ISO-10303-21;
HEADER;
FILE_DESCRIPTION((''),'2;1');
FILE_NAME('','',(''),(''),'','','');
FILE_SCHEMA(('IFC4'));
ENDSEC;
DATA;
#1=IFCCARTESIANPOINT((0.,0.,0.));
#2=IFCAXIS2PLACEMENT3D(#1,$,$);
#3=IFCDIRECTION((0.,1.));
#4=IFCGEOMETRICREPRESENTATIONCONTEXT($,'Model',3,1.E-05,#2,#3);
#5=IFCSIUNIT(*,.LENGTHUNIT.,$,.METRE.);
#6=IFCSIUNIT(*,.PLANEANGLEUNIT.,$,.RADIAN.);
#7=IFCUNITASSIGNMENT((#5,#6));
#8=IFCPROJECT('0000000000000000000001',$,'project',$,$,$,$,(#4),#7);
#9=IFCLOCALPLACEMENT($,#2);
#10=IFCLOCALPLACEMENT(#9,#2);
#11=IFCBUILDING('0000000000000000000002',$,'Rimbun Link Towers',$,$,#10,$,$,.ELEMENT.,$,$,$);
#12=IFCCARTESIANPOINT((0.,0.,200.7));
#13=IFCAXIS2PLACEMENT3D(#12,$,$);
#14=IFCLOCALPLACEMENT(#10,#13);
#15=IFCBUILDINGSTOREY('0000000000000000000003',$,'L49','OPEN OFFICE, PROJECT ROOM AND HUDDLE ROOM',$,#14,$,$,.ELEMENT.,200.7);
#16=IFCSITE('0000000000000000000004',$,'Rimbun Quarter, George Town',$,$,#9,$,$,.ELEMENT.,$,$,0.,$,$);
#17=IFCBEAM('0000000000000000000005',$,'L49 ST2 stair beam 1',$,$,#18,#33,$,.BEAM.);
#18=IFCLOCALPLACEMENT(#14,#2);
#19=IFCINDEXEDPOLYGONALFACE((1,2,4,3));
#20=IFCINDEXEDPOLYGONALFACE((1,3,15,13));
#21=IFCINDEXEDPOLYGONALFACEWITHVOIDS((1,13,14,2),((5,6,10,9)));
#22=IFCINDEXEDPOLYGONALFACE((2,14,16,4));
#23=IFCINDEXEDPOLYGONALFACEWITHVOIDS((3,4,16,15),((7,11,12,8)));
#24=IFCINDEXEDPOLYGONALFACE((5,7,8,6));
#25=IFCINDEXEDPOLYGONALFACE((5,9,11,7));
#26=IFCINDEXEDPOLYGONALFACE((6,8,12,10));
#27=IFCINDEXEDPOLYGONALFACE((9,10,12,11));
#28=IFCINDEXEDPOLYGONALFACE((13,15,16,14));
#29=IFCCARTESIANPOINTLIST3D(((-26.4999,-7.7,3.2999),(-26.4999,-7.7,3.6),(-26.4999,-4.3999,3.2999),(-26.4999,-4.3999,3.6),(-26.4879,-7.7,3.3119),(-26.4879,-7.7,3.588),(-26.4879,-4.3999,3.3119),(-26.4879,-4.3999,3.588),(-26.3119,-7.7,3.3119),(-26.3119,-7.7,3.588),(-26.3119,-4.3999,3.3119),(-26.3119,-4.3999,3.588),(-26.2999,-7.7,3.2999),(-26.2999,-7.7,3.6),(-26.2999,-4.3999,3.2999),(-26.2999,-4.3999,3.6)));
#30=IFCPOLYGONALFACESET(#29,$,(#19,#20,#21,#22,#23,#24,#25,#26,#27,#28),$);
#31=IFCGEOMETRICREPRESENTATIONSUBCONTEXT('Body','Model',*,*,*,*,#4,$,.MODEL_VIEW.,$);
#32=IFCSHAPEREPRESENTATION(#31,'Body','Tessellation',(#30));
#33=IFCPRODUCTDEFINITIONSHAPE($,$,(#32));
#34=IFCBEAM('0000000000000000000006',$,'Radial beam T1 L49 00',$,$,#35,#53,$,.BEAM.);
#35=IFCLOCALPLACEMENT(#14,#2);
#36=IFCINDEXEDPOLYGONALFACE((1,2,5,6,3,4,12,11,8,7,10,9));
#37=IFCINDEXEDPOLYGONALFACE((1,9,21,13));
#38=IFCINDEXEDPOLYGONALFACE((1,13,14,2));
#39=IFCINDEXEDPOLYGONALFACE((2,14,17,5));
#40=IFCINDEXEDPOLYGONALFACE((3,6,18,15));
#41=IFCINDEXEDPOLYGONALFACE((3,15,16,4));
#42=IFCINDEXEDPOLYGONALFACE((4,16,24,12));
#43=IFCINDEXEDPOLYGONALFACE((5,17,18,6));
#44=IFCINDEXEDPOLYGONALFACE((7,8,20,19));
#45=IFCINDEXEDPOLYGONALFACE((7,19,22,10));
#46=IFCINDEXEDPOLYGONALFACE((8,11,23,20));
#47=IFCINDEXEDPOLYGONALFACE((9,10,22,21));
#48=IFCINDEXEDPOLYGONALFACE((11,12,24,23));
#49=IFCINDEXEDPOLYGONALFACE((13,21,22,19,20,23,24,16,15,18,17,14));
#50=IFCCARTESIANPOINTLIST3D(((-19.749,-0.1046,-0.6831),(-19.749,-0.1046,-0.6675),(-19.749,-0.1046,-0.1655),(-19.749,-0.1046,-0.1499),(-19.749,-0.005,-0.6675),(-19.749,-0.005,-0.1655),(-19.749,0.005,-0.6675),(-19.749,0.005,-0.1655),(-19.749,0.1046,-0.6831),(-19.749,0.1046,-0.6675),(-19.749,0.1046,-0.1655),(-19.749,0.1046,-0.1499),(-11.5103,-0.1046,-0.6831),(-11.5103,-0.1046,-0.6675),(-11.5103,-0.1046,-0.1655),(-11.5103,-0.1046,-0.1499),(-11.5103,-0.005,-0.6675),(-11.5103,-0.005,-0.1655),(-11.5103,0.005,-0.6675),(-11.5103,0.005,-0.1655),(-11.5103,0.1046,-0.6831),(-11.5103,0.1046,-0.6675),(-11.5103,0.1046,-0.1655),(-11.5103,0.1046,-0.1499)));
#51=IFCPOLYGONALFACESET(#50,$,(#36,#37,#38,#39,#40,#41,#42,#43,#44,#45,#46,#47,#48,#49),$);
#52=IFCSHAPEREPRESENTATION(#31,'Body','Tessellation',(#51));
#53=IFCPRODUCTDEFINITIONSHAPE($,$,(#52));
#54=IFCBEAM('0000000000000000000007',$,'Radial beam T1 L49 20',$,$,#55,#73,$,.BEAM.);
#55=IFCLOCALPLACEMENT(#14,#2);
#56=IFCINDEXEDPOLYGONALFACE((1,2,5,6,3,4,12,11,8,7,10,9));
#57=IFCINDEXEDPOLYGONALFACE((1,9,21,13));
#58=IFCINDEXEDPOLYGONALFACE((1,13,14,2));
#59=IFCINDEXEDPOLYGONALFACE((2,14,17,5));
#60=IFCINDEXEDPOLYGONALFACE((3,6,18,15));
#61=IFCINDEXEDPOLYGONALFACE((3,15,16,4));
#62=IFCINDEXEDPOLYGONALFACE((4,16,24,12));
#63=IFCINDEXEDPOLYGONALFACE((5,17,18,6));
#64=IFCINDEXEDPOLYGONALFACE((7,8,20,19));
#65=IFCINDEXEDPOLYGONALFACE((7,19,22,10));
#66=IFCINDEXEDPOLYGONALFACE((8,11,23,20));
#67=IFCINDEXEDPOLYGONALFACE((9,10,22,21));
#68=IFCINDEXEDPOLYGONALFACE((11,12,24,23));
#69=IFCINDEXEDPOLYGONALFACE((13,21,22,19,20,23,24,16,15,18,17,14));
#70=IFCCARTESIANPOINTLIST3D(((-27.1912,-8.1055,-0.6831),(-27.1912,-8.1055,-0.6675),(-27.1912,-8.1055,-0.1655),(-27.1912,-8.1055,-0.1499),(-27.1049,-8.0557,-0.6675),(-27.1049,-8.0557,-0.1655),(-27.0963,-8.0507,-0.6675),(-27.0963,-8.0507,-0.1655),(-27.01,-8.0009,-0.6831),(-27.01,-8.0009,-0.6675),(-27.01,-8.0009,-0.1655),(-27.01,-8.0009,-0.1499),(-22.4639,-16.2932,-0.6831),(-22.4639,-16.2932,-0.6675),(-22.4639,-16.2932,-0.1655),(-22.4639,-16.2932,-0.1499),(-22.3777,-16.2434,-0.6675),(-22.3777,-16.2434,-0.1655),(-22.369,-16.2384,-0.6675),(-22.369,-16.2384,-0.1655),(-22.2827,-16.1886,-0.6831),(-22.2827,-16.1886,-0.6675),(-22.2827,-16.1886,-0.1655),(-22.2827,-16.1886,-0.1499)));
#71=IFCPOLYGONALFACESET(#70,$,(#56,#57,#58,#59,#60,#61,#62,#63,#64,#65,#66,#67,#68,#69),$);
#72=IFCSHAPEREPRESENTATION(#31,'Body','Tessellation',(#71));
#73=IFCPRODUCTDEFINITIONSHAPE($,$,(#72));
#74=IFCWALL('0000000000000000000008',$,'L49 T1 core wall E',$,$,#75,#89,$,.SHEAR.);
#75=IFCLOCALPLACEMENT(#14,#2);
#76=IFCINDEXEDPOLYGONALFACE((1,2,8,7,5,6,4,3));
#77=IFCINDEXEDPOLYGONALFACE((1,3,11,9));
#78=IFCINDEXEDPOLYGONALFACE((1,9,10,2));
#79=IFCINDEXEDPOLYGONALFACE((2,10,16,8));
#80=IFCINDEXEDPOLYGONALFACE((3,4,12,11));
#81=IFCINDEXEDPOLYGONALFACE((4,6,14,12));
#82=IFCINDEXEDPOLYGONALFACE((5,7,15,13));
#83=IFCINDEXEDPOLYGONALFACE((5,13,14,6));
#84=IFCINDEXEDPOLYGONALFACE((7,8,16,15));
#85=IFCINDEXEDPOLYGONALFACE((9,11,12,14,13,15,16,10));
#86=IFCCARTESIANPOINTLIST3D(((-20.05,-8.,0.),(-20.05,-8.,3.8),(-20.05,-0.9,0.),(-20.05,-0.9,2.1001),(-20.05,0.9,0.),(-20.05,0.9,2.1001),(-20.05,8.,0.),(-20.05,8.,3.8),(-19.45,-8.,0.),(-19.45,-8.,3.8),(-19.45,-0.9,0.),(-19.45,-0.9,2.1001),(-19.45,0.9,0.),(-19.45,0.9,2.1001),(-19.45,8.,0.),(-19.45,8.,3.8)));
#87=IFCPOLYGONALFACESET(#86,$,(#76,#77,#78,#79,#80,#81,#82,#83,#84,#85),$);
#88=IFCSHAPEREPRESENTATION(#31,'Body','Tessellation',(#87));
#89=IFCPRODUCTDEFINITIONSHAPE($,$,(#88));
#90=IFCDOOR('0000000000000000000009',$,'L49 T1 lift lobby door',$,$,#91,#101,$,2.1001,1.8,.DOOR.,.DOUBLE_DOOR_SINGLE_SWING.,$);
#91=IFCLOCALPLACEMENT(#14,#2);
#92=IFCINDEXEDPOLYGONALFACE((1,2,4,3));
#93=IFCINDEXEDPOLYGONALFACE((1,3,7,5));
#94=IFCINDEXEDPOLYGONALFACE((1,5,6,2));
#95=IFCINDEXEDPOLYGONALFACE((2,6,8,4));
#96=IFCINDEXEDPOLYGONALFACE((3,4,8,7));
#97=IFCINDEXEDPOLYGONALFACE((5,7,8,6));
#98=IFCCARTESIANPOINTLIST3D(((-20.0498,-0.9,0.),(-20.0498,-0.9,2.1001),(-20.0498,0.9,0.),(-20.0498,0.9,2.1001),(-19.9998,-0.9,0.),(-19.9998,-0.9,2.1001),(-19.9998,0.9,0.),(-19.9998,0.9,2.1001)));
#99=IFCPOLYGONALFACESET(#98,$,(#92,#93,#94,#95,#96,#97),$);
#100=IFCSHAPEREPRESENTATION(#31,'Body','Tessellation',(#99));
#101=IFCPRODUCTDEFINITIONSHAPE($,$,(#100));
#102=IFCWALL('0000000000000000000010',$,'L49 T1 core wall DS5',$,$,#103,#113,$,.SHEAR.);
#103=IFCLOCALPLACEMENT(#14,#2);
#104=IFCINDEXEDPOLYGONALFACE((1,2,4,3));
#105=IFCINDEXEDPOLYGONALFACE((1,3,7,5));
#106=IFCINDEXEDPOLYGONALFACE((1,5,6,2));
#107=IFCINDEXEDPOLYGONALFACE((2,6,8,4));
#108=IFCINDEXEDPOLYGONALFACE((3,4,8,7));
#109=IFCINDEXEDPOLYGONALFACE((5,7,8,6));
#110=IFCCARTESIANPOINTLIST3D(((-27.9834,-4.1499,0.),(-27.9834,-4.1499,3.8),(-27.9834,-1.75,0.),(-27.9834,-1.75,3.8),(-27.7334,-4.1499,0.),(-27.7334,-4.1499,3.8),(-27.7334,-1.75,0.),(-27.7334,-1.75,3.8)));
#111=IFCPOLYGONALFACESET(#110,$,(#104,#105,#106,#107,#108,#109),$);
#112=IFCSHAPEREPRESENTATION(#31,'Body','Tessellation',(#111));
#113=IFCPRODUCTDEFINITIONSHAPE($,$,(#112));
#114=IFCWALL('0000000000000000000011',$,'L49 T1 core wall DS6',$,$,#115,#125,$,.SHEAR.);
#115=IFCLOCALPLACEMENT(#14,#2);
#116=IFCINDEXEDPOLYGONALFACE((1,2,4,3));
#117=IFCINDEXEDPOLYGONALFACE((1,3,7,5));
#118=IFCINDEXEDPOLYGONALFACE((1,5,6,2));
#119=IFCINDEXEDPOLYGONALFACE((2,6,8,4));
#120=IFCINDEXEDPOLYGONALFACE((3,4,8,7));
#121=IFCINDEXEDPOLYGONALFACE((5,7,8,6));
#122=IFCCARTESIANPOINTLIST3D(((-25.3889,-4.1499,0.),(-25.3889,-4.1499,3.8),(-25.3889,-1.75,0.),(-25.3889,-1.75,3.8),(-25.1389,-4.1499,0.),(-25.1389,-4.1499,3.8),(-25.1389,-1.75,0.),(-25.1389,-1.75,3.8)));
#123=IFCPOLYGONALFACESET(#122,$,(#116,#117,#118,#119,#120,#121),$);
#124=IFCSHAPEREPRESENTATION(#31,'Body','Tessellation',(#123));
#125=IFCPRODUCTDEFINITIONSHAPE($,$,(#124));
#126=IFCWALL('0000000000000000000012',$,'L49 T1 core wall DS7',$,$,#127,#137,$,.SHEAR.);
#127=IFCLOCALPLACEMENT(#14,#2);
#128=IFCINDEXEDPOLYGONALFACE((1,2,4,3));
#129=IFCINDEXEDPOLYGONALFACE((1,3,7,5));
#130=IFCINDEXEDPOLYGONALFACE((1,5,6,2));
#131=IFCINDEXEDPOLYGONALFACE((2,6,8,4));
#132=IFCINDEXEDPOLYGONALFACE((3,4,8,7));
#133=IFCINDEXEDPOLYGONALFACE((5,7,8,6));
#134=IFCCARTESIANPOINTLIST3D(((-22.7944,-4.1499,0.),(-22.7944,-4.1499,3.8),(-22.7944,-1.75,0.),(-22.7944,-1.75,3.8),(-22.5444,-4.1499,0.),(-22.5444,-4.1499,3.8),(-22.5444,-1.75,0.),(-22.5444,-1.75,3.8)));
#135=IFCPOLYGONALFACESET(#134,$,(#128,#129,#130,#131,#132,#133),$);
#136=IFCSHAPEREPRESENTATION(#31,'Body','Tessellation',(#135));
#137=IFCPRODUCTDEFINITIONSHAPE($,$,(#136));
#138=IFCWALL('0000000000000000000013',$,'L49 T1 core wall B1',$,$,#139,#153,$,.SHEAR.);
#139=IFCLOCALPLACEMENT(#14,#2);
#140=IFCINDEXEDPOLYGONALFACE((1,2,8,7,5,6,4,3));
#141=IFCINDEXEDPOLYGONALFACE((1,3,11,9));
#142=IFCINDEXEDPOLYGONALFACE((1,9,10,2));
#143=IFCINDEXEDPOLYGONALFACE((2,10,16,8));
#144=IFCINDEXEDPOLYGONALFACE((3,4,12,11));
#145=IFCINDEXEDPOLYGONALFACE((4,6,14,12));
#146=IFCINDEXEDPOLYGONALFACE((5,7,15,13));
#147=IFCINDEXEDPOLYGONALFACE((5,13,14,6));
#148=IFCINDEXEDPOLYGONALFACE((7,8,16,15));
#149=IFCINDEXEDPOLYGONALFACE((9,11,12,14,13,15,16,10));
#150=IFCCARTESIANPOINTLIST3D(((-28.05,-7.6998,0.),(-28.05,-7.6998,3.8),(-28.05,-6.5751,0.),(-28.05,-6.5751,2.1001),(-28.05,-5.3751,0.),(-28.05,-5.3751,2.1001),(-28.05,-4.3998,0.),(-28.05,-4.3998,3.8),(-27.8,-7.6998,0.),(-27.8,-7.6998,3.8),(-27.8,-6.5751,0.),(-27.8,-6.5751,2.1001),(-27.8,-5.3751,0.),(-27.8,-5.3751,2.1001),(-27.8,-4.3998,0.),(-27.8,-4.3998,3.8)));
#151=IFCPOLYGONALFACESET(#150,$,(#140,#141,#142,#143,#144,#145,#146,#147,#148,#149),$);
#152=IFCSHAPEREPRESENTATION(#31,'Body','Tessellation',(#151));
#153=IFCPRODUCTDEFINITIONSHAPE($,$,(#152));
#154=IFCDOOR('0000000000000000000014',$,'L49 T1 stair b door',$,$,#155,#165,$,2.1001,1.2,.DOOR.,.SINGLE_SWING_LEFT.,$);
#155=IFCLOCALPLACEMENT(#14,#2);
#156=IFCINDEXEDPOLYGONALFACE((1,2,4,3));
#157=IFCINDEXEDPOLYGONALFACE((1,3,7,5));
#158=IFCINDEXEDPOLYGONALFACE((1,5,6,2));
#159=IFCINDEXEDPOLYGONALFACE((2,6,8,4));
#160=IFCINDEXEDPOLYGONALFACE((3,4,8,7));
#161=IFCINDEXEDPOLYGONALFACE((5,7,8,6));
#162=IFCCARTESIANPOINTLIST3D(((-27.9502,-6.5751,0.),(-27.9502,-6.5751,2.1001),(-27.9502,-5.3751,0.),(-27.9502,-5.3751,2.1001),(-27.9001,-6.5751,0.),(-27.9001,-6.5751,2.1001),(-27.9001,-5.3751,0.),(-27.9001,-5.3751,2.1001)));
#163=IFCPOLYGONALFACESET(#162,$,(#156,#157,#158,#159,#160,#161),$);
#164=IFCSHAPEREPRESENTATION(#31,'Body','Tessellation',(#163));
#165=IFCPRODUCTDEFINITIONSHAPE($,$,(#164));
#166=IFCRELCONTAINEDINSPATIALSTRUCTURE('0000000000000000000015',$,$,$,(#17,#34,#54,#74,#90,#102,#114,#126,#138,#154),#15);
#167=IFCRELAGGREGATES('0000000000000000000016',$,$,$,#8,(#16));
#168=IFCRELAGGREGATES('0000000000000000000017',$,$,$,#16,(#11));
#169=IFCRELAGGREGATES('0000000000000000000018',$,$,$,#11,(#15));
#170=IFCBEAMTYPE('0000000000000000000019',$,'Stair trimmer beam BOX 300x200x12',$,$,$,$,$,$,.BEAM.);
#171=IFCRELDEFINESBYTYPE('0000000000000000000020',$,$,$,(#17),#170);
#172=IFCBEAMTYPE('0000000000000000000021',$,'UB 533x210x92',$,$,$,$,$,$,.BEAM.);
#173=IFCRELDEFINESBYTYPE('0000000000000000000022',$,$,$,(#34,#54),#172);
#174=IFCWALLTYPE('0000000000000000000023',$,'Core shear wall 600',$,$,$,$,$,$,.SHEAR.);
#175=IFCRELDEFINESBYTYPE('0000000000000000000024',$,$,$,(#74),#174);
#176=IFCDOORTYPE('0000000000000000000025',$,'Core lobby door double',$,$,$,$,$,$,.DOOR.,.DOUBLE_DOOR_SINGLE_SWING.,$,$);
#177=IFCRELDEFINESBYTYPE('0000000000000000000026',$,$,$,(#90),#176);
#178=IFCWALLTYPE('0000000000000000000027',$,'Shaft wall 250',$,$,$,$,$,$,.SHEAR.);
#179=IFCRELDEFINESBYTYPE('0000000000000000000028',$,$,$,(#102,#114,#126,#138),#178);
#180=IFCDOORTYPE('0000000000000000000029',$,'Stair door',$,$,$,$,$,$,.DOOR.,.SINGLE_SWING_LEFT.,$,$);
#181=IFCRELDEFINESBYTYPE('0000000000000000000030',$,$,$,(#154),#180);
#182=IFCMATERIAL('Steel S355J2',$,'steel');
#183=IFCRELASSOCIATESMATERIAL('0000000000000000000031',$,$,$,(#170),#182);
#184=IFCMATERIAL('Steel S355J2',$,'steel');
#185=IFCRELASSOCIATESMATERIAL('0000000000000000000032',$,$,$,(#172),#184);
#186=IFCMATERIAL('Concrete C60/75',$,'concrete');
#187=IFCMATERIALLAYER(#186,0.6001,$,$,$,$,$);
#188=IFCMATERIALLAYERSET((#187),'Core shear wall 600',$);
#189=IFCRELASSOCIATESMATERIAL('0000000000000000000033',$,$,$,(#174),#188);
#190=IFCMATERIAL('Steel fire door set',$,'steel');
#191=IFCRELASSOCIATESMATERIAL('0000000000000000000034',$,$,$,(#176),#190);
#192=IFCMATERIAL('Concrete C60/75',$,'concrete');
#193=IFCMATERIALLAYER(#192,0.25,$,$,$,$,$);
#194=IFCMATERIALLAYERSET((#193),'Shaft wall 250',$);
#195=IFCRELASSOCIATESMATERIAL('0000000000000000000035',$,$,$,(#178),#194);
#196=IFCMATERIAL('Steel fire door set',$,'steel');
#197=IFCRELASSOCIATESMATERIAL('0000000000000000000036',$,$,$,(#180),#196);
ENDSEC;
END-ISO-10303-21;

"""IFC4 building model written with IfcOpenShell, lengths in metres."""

from ifc_helpers import new_model, si_unit, direction, frame, frame_2d, origin, origin_2d, place, context, subcontext, project, spatial, rectangle, hollow_rectangle, i_section, extrude, material, layer, layer_set, material_profile, profile_set, type_object, element, fill, save


model = new_model("IFC4")

# Units and contexts
model_context = context("Model", 3, precision=1e-05, world=origin(), true_north=direction((0.0, 1.0)))
body_context = subcontext(model_context, "Body", "Model", "MODEL_VIEW")
ifc_project = project(units=[si_unit("LENGTHUNIT", "METRE"), si_unit("PLANEANGLEUNIT", "RADIAN")], contexts=[model_context])

# Site, building, storey
site_placement = place(None, origin())
site = spatial("IfcSite", under=ifc_project, at=site_placement, Name="Rimbun Quarter, George Town", CompositionType="ELEMENT", RefElevation=0.0)
building_placement = place(site_placement, origin())
building = spatial("IfcBuilding", under=site, at=building_placement, Name="Rimbun Link Towers", CompositionType="ELEMENT")
storey_placement = place(building_placement, frame((0.0, 0.0, 200.7)))
storey = spatial("IfcBuildingStorey", under=building, at=storey_placement, Name="L49", Description="OPEN OFFICE, PROJECT ROOM AND HUDDLE ROOM", CompositionType="ELEMENT", Elevation=200.7)

# Beams
ifc_material_1 = material(Name="Steel S355J2", Category="steel")
ifc_material_profile_1 = material_profile(ifc_material_1, hollow_rectangle(XDim=0.2, YDim=0.3, WallThickness=0.012, at=origin_2d()), Name="BOX 300x200x12")
ifc_profile_set_1 = profile_set([ifc_material_profile_1], Name="Steel S355J2")
beam_type_1 = type_object("IfcBeamType", Name="Stair trimmer beam BOX 300x200x12", PredefinedType="BEAM", material=ifc_profile_set_1)
beam_1_placement = place(storey_placement, frame((-26.3999, -7.7, 3.45), z_axis=(0.0, 1.0, 0.0), x_axis=(-1.0, 0.0, 0.0)))
element("IfcBeam", 1, at=beam_1_placement, inside=storey, type_object=beam_type_1, Name="L49 ST2 stair beam 1", PredefinedType="BEAM", context=body_context, shape_type="SweptSolid", body=[
    extrude(hollow_rectangle(XDim=0.2, YDim=0.3, WallThickness=0.012, at=origin_2d()), origin(), (0.0, 0.0, 1.0), 3.3),
])
ifc_material_2 = material(Name="Steel S355J2", Category="steel")
ifc_material_profile_2 = material_profile(ifc_material_2, i_section(OverallWidth=0.2092, OverallDepth=0.5332, WebThickness=0.01, FlangeThickness=0.0156, at=origin_2d()), Name="UB 533x210x92")
ifc_profile_set_2 = profile_set([ifc_material_profile_2], Name="Steel S355J2")
beam_type_2 = type_object("IfcBeamType", Name="UB 533x210x92", PredefinedType="BEAM", material=ifc_profile_set_2)
beam_2_placement = place(storey_placement, frame((-19.749, 0.0, -0.4165), z_axis=(1.0, 0.0, 0.0), x_axis=(0.0, 1.0, 0.0)))
element("IfcBeam", 2, at=beam_2_placement, inside=storey, type_object=beam_type_2, Name="Radial beam T1 L49 00", PredefinedType="BEAM", context=body_context, shape_type="SweptSolid", body=[
    extrude(i_section(OverallWidth=0.2092, OverallDepth=0.5332, WebThickness=0.01, FlangeThickness=0.0156, at=origin_2d()), origin(), (0.0, 0.0, 1.0), 8.2388),
])
beam_3_placement = place(storey_placement, frame((-27.1006, -8.0532, -0.4165), z_axis=(0.500008, -0.866021, 0.0), x_axis=(0.866021, 0.500008, 0.0)))
element("IfcBeam", 3, at=beam_3_placement, inside=storey, type_object=beam_type_2, Name="Radial beam T1 L49 20", PredefinedType="BEAM", context=body_context, shape_type="SweptSolid", body=[
    extrude(i_section(OverallWidth=0.2092, OverallDepth=0.5332, WebThickness=0.01, FlangeThickness=0.0156, at=origin_2d()), origin(), (0.0, 0.0, 1.0), 9.4543),
])

# Wall, opening, door
ifc_material_3 = material(Name="Concrete C60/75", Category="concrete")
ifc_layer_1 = layer(ifc_material_3, 0.6001)
ifc_layer_set_1 = layer_set([ifc_layer_1], Name="Core shear wall 600")
wall_type_1 = type_object("IfcWallType", Name="Core shear wall 600", PredefinedType="SHEAR", material=ifc_layer_set_1)
wall_1_placement = place(storey_placement, frame((-19.75, -8.0, 0.0), z_axis=(0.0, 0.0, 1.0), x_axis=(0.0, 1.0, 0.0)))
wall_1 = element("IfcWall", 4, at=wall_1_placement, inside=storey, type_object=wall_type_1, Name="L49 T1 core wall E", PredefinedType="SHEAR", context=body_context, shape_type="SweptSolid", body=[
    extrude(rectangle(XDim=16.0, YDim=0.6001, at=frame_2d((8.0, 0.0))), origin(), (0.0, 0.0, 1.0), 3.8),
])
opening_1_placement = place(wall_1_placement, frame((7.1001, 0.0, 0.0)))
opening_1 = element("IfcOpeningElement", 5, at=opening_1_placement, cuts=wall_1, PredefinedType="OPENING", context=body_context, shape_type="SweptSolid", body=[
    extrude(rectangle(XDim=1.8, YDim=2.1001, at=frame_2d((0.8999, 1.05))), frame((0.0, 0.3101, 0.0), z_axis=(0.0, -1.0, 0.0), x_axis=(1.0, 0.0, 0.0)), (0.0, 0.0, 1.0), 0.6201),
])
ifc_material_4 = material(Name="Steel fire door set", Category="steel")
door_type_1 = type_object("IfcDoorType", Name="Core lobby door double", OperationType="DOUBLE_DOOR_SINGLE_SWING", PredefinedType="DOOR", material=ifc_material_4)
door_1_placement = place(opening_1_placement, origin())
door_1 = element("IfcDoor", 6, at=door_1_placement, inside=storey, type_object=door_type_1, Name="L49 T1 lift lobby door", OperationType="DOUBLE_DOOR_SINGLE_SWING", OverallHeight=2.1001, OverallWidth=1.8, PredefinedType="DOOR", context=body_context, shape_type="SweptSolid", body=[
    extrude(rectangle(XDim=1.8, YDim=2.1001, at=frame_2d((0.8999, 1.05))), frame((0.0, 0.2998, 0.0), z_axis=(0.0, -1.0, 0.0), x_axis=(1.0, 0.0, 0.0)), (0.0, 0.0, 1.0), 0.05),
])
fill(opening_1, door_1)

# Walls
ifc_material_5 = material(Name="Concrete C60/75", Category="concrete")
ifc_layer_2 = layer(ifc_material_5, 0.25)
ifc_layer_set_2 = layer_set([ifc_layer_2], Name="Shaft wall 250")
wall_type_2 = type_object("IfcWallType", Name="Shaft wall 250", PredefinedType="SHEAR", material=ifc_layer_set_2)
for number, where, z_axis, x_axis, name in (
    (7, (-27.8584, -4.1499, 0.0), (0.0, 0.0, 1.0), (0.0, 1.0, 0.0), "L49 T1 core wall DS5"),
    (8, (-25.2639, -4.1499, 0.0), (0.0, 0.0, 1.0), (0.0, 1.0, 0.0), "L49 T1 core wall DS6"),
    (9, (-22.6694, -4.1499, 0.0), (0.0, 0.0, 1.0), (0.0, 1.0, 0.0), "L49 T1 core wall DS7"),
):
    element("IfcWall", number, at=place(storey_placement, frame(where, z_axis=z_axis, x_axis=x_axis)), inside=storey, type_object=wall_type_2, Name=name, PredefinedType="SHEAR", context=body_context, shape_type="SweptSolid", body=[
        extrude(rectangle(XDim=2.3999, YDim=0.25, at=frame_2d((1.2, 0.0))), origin(), (0.0, 0.0, 1.0), 3.8),
    ])

# Wall, opening, door
wall_2_placement = place(storey_placement, frame((-27.925, -4.3999, 0.0), z_axis=(0.0, 0.0, 1.0), x_axis=(0.0, -1.0, 0.0)))
wall_2 = element("IfcWall", 10, at=wall_2_placement, inside=storey, type_object=wall_type_2, Name="L49 T1 core wall B1", PredefinedType="SHEAR", context=body_context, shape_type="SweptSolid", body=[
    extrude(rectangle(XDim=3.3, YDim=0.25, at=frame_2d((1.6499, 0.0))), origin(), (0.0, 0.0, 1.0), 3.8),
])
opening_2_placement = place(wall_2_placement, frame((0.9751, 0.0, 0.0)))
opening_2 = element("IfcOpeningElement", 11, at=opening_2_placement, cuts=wall_2, PredefinedType="OPENING", context=body_context, shape_type="SweptSolid", body=[
    extrude(rectangle(XDim=1.2, YDim=2.1001, at=frame_2d((0.6001, 1.05))), frame((0.0, 0.135, 0.0), z_axis=(0.0, -1.0, 0.0), x_axis=(1.0, 0.0, 0.0)), (0.0, 0.0, 1.0), 0.27),
])
ifc_material_6 = material(Name="Steel fire door set", Category="steel")
door_type_2 = type_object("IfcDoorType", Name="Stair door", OperationType="SINGLE_SWING_LEFT", PredefinedType="DOOR", material=ifc_material_6)
door_2_placement = place(opening_2_placement, origin())
door_2 = element("IfcDoor", 12, at=door_2_placement, inside=storey, type_object=door_type_2, Name="L49 T1 stair b door", OperationType="SINGLE_SWING_LEFT", OverallHeight=2.1001, OverallWidth=1.2, PredefinedType="DOOR", context=body_context, shape_type="SweptSolid", body=[
    extrude(rectangle(XDim=1.2, YDim=2.1001, at=frame_2d((0.6001, 1.05))), frame((0.0, 0.0249, 0.0), z_axis=(0.0, -1.0, 0.0), x_axis=(1.0, 0.0, 0.0)), (0.0, 0.0, 1.0), 0.05),
])
fill(opening_2, door_2)

save(model, "model.ifc")
